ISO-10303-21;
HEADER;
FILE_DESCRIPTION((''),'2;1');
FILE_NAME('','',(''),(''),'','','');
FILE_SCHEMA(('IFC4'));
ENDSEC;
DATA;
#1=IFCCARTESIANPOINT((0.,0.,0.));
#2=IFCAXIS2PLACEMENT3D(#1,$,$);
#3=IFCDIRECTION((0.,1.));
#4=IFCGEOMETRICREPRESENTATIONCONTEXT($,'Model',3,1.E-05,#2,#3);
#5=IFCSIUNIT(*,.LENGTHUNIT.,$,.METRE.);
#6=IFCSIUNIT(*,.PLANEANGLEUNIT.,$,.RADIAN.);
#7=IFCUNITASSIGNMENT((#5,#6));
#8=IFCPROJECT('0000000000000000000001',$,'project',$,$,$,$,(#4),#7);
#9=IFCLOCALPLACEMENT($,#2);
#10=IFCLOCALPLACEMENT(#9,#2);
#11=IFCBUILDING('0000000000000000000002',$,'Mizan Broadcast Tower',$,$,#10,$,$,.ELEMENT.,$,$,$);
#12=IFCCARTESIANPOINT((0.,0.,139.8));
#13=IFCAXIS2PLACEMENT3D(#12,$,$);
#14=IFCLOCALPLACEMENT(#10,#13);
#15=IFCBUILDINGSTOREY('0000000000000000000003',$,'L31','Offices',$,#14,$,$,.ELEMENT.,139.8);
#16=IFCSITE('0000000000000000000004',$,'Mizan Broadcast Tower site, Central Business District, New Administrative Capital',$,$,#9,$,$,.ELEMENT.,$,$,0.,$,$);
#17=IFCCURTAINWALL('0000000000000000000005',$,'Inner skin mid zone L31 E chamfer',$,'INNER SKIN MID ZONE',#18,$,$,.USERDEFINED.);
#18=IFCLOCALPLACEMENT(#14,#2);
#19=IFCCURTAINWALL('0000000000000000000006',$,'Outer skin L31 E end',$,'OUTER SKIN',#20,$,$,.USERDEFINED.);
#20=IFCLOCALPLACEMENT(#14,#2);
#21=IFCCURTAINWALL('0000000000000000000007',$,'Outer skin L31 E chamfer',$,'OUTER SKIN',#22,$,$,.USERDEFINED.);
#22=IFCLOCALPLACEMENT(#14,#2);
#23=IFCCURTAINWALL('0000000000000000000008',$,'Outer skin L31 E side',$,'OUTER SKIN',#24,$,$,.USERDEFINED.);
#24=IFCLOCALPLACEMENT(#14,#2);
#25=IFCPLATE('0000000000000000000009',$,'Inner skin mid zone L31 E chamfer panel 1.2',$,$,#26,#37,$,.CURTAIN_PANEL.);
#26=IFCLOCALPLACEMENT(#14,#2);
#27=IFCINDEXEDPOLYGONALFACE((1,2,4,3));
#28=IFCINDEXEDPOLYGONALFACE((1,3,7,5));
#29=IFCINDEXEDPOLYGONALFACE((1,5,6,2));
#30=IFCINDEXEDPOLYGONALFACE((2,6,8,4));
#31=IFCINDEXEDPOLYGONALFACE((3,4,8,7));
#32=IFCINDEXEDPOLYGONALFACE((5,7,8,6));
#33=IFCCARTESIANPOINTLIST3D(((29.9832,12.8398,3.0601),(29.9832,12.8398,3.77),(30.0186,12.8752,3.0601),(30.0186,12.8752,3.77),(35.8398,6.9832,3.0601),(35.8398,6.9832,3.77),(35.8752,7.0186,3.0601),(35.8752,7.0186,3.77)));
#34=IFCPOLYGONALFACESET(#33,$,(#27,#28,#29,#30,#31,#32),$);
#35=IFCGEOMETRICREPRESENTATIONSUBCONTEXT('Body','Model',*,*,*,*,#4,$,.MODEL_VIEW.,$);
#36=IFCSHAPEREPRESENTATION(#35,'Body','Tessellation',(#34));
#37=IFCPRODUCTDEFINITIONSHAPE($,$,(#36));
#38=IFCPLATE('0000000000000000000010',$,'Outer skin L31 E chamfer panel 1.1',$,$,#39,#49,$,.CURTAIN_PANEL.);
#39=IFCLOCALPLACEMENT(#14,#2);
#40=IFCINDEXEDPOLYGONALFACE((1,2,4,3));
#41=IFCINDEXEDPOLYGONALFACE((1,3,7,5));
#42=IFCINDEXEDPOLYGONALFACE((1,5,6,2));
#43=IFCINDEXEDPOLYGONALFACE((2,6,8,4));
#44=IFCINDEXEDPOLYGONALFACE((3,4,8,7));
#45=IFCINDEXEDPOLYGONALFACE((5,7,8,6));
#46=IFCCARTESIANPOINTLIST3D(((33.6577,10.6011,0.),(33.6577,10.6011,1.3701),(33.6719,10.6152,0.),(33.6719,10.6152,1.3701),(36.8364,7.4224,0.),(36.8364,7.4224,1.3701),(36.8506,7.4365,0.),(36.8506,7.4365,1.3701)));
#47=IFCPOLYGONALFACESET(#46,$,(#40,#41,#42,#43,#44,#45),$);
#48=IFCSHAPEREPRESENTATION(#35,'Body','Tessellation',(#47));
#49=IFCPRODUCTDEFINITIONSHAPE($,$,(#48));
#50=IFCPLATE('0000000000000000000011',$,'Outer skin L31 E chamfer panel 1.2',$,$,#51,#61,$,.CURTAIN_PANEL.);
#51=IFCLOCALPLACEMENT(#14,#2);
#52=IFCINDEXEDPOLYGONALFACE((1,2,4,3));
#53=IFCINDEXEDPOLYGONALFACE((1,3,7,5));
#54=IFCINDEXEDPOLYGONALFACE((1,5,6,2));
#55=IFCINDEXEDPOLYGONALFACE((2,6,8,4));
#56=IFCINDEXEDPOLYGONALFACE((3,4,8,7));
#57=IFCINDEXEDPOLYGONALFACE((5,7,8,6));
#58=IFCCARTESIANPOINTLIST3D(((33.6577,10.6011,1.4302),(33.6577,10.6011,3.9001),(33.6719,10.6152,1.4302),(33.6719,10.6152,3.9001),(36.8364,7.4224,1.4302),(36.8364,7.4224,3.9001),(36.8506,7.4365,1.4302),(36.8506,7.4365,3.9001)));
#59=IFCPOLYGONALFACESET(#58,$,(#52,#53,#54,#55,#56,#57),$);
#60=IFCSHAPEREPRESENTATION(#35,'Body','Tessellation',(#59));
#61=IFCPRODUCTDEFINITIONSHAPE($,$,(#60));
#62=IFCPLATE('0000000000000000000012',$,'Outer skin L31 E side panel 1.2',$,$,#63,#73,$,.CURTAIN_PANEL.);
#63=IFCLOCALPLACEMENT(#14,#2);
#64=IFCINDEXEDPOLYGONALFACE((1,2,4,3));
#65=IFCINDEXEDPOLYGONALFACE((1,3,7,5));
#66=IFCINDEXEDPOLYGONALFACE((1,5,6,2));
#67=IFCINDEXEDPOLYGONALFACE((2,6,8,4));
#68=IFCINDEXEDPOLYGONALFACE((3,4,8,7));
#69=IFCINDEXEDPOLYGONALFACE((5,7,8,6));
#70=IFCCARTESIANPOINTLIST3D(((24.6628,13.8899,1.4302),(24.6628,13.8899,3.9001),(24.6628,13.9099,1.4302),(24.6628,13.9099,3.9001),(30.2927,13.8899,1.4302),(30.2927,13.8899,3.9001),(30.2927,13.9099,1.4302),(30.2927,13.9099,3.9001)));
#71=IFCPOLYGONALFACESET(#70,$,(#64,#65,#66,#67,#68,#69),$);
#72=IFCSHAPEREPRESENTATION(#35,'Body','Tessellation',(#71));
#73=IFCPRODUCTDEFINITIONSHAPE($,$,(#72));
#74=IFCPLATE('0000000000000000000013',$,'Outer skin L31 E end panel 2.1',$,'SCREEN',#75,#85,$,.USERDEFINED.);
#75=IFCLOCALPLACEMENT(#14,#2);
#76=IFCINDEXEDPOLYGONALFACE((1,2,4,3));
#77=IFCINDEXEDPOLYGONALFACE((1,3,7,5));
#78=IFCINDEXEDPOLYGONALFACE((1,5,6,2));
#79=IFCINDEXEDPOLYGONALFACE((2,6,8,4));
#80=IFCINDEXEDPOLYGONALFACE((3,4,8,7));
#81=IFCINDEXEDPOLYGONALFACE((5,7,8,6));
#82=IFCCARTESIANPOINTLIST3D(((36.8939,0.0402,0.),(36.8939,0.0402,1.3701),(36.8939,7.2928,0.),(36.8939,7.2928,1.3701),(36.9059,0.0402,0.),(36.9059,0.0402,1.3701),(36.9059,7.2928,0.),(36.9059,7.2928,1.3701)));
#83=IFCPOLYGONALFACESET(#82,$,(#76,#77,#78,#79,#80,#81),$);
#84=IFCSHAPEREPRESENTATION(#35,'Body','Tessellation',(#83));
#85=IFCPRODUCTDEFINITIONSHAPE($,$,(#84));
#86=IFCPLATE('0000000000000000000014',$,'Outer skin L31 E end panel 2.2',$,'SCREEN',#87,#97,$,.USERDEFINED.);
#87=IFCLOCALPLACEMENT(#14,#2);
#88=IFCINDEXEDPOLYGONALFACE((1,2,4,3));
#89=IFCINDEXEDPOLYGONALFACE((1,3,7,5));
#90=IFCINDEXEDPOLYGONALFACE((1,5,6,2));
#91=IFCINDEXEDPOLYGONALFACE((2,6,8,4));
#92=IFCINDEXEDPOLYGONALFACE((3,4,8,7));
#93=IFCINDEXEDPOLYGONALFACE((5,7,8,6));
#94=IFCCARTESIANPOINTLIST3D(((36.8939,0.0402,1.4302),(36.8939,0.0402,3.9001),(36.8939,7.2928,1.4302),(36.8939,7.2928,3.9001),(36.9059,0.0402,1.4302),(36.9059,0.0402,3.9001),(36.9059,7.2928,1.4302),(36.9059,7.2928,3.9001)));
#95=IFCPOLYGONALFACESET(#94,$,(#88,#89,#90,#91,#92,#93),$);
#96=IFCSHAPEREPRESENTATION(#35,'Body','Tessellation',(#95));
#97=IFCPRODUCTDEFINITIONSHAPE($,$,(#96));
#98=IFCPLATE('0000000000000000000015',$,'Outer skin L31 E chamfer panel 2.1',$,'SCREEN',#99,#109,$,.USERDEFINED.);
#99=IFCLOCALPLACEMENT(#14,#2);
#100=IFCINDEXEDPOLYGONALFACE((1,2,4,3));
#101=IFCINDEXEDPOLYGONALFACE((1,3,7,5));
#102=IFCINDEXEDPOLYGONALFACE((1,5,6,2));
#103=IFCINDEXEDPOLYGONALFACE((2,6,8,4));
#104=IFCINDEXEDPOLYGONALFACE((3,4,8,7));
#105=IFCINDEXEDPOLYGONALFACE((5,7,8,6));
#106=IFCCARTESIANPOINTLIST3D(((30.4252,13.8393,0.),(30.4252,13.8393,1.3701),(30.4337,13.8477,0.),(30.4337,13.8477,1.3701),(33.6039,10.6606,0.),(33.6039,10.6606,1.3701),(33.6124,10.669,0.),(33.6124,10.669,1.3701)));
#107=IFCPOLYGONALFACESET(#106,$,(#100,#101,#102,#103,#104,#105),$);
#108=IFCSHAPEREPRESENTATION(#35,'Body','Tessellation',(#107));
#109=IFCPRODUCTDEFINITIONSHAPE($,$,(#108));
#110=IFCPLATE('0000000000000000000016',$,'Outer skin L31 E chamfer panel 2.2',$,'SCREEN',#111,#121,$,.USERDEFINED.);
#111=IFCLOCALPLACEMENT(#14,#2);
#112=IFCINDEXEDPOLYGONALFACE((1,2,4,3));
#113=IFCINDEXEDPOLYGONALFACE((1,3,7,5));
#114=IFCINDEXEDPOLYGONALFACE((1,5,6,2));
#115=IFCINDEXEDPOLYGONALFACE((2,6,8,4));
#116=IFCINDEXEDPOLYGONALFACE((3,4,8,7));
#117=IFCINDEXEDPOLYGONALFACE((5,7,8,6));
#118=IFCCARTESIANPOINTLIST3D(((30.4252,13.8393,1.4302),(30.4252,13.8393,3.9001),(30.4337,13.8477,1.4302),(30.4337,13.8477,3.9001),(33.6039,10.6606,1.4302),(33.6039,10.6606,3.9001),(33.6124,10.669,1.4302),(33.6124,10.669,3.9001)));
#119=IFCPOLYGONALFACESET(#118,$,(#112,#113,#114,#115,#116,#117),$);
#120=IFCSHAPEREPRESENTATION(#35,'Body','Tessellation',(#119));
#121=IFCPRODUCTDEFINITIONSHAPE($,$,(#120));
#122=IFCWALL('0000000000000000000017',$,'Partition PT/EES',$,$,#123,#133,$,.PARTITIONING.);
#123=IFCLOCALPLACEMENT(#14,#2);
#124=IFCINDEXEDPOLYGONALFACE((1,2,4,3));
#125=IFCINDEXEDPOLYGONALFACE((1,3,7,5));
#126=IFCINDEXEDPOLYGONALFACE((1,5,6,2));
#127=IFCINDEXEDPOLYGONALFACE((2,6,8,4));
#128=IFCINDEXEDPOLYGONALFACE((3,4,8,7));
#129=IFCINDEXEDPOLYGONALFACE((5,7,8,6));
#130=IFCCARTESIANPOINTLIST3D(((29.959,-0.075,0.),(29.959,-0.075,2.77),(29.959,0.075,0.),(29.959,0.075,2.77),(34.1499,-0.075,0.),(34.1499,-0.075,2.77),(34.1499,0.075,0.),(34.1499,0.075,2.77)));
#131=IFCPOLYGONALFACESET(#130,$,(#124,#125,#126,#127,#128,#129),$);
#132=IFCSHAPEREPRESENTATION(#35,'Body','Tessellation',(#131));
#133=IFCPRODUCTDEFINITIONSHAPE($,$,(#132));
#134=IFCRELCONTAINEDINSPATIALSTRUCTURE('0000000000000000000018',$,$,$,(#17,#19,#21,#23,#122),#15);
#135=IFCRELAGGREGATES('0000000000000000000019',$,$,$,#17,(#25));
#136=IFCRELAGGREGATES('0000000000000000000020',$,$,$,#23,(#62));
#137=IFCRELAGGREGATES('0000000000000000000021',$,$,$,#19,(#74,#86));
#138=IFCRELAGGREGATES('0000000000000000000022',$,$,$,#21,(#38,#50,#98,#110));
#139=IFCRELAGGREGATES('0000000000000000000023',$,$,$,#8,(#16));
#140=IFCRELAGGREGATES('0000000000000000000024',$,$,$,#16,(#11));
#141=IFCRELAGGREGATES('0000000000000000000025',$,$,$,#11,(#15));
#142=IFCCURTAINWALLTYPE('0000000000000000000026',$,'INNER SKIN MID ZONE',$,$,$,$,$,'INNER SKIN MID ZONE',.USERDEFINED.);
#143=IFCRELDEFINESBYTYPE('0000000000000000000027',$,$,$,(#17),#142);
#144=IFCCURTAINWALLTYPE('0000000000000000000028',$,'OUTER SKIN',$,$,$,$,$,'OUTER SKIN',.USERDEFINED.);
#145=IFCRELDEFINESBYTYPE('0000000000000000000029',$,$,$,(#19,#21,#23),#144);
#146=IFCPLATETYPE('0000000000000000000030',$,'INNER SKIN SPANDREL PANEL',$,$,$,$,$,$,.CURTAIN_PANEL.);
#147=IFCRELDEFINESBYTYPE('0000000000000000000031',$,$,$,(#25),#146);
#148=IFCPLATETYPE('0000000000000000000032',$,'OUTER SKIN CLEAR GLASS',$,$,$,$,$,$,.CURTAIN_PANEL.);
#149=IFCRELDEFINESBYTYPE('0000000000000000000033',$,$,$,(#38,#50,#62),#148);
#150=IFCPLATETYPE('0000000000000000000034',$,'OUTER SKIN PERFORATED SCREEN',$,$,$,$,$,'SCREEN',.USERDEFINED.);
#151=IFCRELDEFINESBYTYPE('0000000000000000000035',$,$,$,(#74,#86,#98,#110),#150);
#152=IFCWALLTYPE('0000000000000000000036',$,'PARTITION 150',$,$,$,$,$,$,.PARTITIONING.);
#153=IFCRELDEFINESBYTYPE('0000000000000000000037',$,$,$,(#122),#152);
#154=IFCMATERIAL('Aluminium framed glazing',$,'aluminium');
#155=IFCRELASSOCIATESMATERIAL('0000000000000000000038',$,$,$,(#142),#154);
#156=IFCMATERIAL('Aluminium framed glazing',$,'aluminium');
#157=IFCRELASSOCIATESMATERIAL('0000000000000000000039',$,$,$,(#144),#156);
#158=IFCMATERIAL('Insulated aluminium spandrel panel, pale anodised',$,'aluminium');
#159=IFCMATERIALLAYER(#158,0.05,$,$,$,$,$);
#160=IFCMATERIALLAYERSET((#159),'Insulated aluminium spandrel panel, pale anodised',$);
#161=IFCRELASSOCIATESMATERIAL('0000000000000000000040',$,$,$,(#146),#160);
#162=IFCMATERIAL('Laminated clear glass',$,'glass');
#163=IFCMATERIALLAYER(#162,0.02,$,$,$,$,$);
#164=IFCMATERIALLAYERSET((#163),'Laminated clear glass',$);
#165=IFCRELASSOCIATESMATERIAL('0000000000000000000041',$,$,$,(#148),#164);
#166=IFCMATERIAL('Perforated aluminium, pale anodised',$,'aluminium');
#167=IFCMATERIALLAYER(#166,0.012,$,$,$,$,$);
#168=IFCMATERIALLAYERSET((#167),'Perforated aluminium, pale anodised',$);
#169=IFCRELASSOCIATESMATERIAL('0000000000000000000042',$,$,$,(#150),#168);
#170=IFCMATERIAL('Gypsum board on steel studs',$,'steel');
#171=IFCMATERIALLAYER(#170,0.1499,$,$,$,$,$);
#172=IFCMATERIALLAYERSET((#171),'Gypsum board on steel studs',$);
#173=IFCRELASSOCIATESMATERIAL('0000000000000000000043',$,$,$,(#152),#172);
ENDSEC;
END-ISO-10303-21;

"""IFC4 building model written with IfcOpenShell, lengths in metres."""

from ifc_helpers import new_model, si_unit, direction, frame, frame_2d, origin, origin_2d, place, context, subcontext, project, spatial, rectangle, extrude, material, layer, layer_set, type_object, element, aggregate, save


model = new_model("IFC4")

# Units and contexts
model_context = context("Model", 3, precision=1e-05, world=origin(), true_north=direction((0.0, 1.0)))
body_context = subcontext(model_context, "Body", "Model", "MODEL_VIEW")
ifc_project = project(units=[si_unit("LENGTHUNIT", "METRE"), si_unit("PLANEANGLEUNIT", "RADIAN")], contexts=[model_context])

# Site, building, storey
site_placement = place(None, origin())
site = spatial("IfcSite", under=ifc_project, at=site_placement, Name="Mizan Broadcast Tower site, Central Business District, New Administrative Capital", CompositionType="ELEMENT", RefElevation=0.0)
building_placement = place(site_placement, origin())
building = spatial("IfcBuilding", under=site, at=building_placement, Name="Mizan Broadcast Tower", CompositionType="ELEMENT")
storey_placement = place(building_placement, frame((0.0, 0.0, 139.8)))
storey = spatial("IfcBuildingStorey", under=building, at=storey_placement, Name="L31", Description="Offices", CompositionType="ELEMENT", Elevation=139.8)

# Shared definitions
ifc_material_1 = material(Name="Aluminium framed glazing", Category="aluminium")
curtain_wall_type_1 = type_object("IfcCurtainWallType", Name="INNER SKIN MID ZONE", ElementType="INNER SKIN MID ZONE", PredefinedType="USERDEFINED", material=ifc_material_1)

# Curtain wall
curtain_wall_1_placement = place(storey_placement, origin())
curtain_wall_1 = element("IfcCurtainWall", 1, at=curtain_wall_1_placement, inside=storey, type_object=curtain_wall_type_1, Name="Inner skin mid zone L31 E chamfer", ObjectType="INNER SKIN MID ZONE", PredefinedType="USERDEFINED")

# Curtain walls
ifc_material_2 = material(Name="Aluminium framed glazing", Category="aluminium")
curtain_wall_type_2 = type_object("IfcCurtainWallType", Name="OUTER SKIN", ElementType="OUTER SKIN", PredefinedType="USERDEFINED", material=ifc_material_2)
curtain_wall_2_placement = place(storey_placement, origin())
curtain_wall_2 = element("IfcCurtainWall", 2, at=curtain_wall_2_placement, inside=storey, type_object=curtain_wall_type_2, Name="Outer skin L31 E end", ObjectType="OUTER SKIN", PredefinedType="USERDEFINED")
curtain_wall_3_placement = place(storey_placement, origin())
curtain_wall_3 = element("IfcCurtainWall", 3, at=curtain_wall_3_placement, inside=storey, type_object=curtain_wall_type_2, Name="Outer skin L31 E chamfer", ObjectType="OUTER SKIN", PredefinedType="USERDEFINED")

# Curtain wall
curtain_wall_4_placement = place(storey_placement, origin())
curtain_wall_4 = element("IfcCurtainWall", 4, at=curtain_wall_4_placement, inside=storey, type_object=curtain_wall_type_2, Name="Outer skin L31 E side", ObjectType="OUTER SKIN", PredefinedType="USERDEFINED")

# Plates
ifc_material_3 = material(Name="Insulated aluminium spandrel panel, pale anodised", Category="aluminium")
ifc_layer_1 = layer(ifc_material_3, 0.05)
ifc_layer_set_1 = layer_set([ifc_layer_1], Name="Insulated aluminium spandrel panel, pale anodised")
plate_type_1 = type_object("IfcPlateType", Name="INNER SKIN SPANDREL PANEL", PredefinedType="CURTAIN_PANEL", material=ifc_layer_set_1)
plate_1_placement = place(storey_placement, frame((32.9292, 9.9292, 3.0601), z_axis=(0.0, 0.0, 1.0), x_axis=(-0.707107, 0.707107, 0.0)))
plate_1 = element("IfcPlate", 5, at=plate_1_placement, type_object=plate_type_1, Name="Inner skin mid zone L31 E chamfer panel 1.2", PredefinedType="CURTAIN_PANEL", context=body_context, shape_type="SweptSolid", body=[
    extrude(rectangle(XDim=8.2825, YDim=0.05, at=origin_2d()), origin(), (0.0, 0.0, 1.0), 0.71),
])
aggregate(curtain_wall_1, [plate_1])
ifc_material_4 = material(Name="Laminated clear glass", Category="glass")
ifc_layer_2 = layer(ifc_material_4, 0.02)
ifc_layer_set_2 = layer_set([ifc_layer_2], Name="Laminated clear glass")
plate_type_2 = type_object("IfcPlateType", Name="OUTER SKIN CLEAR GLASS", PredefinedType="CURTAIN_PANEL", material=ifc_layer_set_2)
plate_2_placement = place(storey_placement, frame((35.2542, 9.0188, 0.0), z_axis=(0.0, 0.0, 1.0), x_axis=(-0.707107, 0.707107, 0.0)))
plate_2 = element("IfcPlate", 6, at=plate_2_placement, type_object=plate_type_2, Name="Outer skin L31 E chamfer panel 1.1", PredefinedType="CURTAIN_PANEL", context=body_context, shape_type="SweptSolid", body=[
    extrude(rectangle(XDim=4.4954, YDim=0.02, at=origin_2d()), origin(), (0.0, 0.0, 1.0), 1.3701),
])
plate_3_placement = place(storey_placement, frame((35.2542, 9.0188, 1.4302), z_axis=(0.0, 0.0, 1.0), x_axis=(-0.707107, 0.707107, 0.0)))
plate_3 = element("IfcPlate", 7, at=plate_3_placement, type_object=plate_type_2, Name="Outer skin L31 E chamfer panel 1.2", PredefinedType="CURTAIN_PANEL", context=body_context, shape_type="SweptSolid", body=[
    extrude(rectangle(XDim=4.4954, YDim=0.02, at=origin_2d()), origin(), (0.0, 0.0, 1.0), 2.47),
])
plate_4_placement = place(storey_placement, frame((27.4778, 13.8999, 1.4302), z_axis=(0.0, 0.0, 1.0), x_axis=(-1.0, 0.0, 0.0)))
plate_4 = element("IfcPlate", 8, at=plate_4_placement, type_object=plate_type_2, Name="Outer skin L31 E side panel 1.2", PredefinedType="CURTAIN_PANEL", context=body_context, shape_type="SweptSolid", body=[
    extrude(rectangle(XDim=5.6299, YDim=0.02, at=origin_2d()), origin(), (0.0, 0.0, 1.0), 2.47),
])
aggregate(curtain_wall_4, [plate_4])
ifc_material_5 = material(Name="Perforated aluminium, pale anodised", Category="aluminium")
ifc_layer_3 = layer(ifc_material_5, 0.012)
ifc_layer_set_3 = layer_set([ifc_layer_3], Name="Perforated aluminium, pale anodised")
plate_type_3 = type_object("IfcPlateType", Name="OUTER SKIN PERFORATED SCREEN", ElementType="SCREEN", PredefinedType="USERDEFINED", material=ifc_layer_set_3)
plate_5_placement = place(storey_placement, frame((36.8999, 3.6665, 0.0), z_axis=(0.0, 0.0, 1.0), x_axis=(0.0, 1.0, 0.0)))
plate_5 = element("IfcPlate", 9, at=plate_5_placement, type_object=plate_type_3, Name="Outer skin L31 E end panel 2.1", ObjectType="SCREEN", PredefinedType="USERDEFINED", context=body_context, shape_type="SweptSolid", body=[
    extrude(rectangle(XDim=7.2527, YDim=0.012, at=origin_2d()), origin(), (0.0, 0.0, 1.0), 1.3701),
])
plate_6_placement = place(storey_placement, frame((36.8999, 3.6665, 1.4302), z_axis=(0.0, 0.0, 1.0), x_axis=(0.0, 1.0, 0.0)))
plate_6 = element("IfcPlate", 10, at=plate_6_placement, type_object=plate_type_3, Name="Outer skin L31 E end panel 2.2", ObjectType="SCREEN", PredefinedType="USERDEFINED", context=body_context, shape_type="SweptSolid", body=[
    extrude(rectangle(XDim=7.2527, YDim=0.012, at=origin_2d()), origin(), (0.0, 0.0, 1.0), 2.47),
])
aggregate(curtain_wall_2, [plate_5, plate_6])
plate_7_placement = place(storey_placement, frame((32.0188, 12.2542, 0.0), z_axis=(0.0, 0.0, 1.0), x_axis=(-0.707107, 0.707107, 0.0)))
plate_7 = element("IfcPlate", 11, at=plate_7_placement, type_object=plate_type_3, Name="Outer skin L31 E chamfer panel 2.1", ObjectType="SCREEN", PredefinedType="USERDEFINED", context=body_context, shape_type="SweptSolid", body=[
    extrude(rectangle(XDim=4.4954, YDim=0.012, at=origin_2d()), origin(), (0.0, 0.0, 1.0), 1.3701),
])
plate_8_placement = place(storey_placement, frame((32.0188, 12.2542, 1.4302), z_axis=(0.0, 0.0, 1.0), x_axis=(-0.707107, 0.707107, 0.0)))
plate_8 = element("IfcPlate", 12, at=plate_8_placement, type_object=plate_type_3, Name="Outer skin L31 E chamfer panel 2.2", ObjectType="SCREEN", PredefinedType="USERDEFINED", context=body_context, shape_type="SweptSolid", body=[
    extrude(rectangle(XDim=4.4954, YDim=0.012, at=origin_2d()), origin(), (0.0, 0.0, 1.0), 2.47),
])
aggregate(curtain_wall_3, [plate_2, plate_3, plate_7, plate_8])

# Wall
ifc_material_6 = material(Name="Gypsum board on steel studs", Category="steel")
ifc_layer_4 = layer(ifc_material_6, 0.1499)
ifc_layer_set_4 = layer_set([ifc_layer_4], Name="Gypsum board on steel studs")
wall_type = type_object("IfcWallType", Name="PARTITION 150", PredefinedType="PARTITIONING", material=ifc_layer_set_4)
wall_placement = place(storey_placement, frame((29.959, 0.0, 0.0), z_axis=(0.0, 0.0, 1.0), x_axis=(1.0, 0.0, 0.0)))
element("IfcWall", 13, at=wall_placement, inside=storey, type_object=wall_type, Name="Partition PT/EES", PredefinedType="PARTITIONING", context=body_context, shape_type="SweptSolid", body=[
    extrude(rectangle(XDim=4.1909, YDim=0.1499, at=frame_2d((2.0955, 0.0))), origin(), (0.0, 0.0, 1.0), 2.77),
])

save(model, "model.ifc")
